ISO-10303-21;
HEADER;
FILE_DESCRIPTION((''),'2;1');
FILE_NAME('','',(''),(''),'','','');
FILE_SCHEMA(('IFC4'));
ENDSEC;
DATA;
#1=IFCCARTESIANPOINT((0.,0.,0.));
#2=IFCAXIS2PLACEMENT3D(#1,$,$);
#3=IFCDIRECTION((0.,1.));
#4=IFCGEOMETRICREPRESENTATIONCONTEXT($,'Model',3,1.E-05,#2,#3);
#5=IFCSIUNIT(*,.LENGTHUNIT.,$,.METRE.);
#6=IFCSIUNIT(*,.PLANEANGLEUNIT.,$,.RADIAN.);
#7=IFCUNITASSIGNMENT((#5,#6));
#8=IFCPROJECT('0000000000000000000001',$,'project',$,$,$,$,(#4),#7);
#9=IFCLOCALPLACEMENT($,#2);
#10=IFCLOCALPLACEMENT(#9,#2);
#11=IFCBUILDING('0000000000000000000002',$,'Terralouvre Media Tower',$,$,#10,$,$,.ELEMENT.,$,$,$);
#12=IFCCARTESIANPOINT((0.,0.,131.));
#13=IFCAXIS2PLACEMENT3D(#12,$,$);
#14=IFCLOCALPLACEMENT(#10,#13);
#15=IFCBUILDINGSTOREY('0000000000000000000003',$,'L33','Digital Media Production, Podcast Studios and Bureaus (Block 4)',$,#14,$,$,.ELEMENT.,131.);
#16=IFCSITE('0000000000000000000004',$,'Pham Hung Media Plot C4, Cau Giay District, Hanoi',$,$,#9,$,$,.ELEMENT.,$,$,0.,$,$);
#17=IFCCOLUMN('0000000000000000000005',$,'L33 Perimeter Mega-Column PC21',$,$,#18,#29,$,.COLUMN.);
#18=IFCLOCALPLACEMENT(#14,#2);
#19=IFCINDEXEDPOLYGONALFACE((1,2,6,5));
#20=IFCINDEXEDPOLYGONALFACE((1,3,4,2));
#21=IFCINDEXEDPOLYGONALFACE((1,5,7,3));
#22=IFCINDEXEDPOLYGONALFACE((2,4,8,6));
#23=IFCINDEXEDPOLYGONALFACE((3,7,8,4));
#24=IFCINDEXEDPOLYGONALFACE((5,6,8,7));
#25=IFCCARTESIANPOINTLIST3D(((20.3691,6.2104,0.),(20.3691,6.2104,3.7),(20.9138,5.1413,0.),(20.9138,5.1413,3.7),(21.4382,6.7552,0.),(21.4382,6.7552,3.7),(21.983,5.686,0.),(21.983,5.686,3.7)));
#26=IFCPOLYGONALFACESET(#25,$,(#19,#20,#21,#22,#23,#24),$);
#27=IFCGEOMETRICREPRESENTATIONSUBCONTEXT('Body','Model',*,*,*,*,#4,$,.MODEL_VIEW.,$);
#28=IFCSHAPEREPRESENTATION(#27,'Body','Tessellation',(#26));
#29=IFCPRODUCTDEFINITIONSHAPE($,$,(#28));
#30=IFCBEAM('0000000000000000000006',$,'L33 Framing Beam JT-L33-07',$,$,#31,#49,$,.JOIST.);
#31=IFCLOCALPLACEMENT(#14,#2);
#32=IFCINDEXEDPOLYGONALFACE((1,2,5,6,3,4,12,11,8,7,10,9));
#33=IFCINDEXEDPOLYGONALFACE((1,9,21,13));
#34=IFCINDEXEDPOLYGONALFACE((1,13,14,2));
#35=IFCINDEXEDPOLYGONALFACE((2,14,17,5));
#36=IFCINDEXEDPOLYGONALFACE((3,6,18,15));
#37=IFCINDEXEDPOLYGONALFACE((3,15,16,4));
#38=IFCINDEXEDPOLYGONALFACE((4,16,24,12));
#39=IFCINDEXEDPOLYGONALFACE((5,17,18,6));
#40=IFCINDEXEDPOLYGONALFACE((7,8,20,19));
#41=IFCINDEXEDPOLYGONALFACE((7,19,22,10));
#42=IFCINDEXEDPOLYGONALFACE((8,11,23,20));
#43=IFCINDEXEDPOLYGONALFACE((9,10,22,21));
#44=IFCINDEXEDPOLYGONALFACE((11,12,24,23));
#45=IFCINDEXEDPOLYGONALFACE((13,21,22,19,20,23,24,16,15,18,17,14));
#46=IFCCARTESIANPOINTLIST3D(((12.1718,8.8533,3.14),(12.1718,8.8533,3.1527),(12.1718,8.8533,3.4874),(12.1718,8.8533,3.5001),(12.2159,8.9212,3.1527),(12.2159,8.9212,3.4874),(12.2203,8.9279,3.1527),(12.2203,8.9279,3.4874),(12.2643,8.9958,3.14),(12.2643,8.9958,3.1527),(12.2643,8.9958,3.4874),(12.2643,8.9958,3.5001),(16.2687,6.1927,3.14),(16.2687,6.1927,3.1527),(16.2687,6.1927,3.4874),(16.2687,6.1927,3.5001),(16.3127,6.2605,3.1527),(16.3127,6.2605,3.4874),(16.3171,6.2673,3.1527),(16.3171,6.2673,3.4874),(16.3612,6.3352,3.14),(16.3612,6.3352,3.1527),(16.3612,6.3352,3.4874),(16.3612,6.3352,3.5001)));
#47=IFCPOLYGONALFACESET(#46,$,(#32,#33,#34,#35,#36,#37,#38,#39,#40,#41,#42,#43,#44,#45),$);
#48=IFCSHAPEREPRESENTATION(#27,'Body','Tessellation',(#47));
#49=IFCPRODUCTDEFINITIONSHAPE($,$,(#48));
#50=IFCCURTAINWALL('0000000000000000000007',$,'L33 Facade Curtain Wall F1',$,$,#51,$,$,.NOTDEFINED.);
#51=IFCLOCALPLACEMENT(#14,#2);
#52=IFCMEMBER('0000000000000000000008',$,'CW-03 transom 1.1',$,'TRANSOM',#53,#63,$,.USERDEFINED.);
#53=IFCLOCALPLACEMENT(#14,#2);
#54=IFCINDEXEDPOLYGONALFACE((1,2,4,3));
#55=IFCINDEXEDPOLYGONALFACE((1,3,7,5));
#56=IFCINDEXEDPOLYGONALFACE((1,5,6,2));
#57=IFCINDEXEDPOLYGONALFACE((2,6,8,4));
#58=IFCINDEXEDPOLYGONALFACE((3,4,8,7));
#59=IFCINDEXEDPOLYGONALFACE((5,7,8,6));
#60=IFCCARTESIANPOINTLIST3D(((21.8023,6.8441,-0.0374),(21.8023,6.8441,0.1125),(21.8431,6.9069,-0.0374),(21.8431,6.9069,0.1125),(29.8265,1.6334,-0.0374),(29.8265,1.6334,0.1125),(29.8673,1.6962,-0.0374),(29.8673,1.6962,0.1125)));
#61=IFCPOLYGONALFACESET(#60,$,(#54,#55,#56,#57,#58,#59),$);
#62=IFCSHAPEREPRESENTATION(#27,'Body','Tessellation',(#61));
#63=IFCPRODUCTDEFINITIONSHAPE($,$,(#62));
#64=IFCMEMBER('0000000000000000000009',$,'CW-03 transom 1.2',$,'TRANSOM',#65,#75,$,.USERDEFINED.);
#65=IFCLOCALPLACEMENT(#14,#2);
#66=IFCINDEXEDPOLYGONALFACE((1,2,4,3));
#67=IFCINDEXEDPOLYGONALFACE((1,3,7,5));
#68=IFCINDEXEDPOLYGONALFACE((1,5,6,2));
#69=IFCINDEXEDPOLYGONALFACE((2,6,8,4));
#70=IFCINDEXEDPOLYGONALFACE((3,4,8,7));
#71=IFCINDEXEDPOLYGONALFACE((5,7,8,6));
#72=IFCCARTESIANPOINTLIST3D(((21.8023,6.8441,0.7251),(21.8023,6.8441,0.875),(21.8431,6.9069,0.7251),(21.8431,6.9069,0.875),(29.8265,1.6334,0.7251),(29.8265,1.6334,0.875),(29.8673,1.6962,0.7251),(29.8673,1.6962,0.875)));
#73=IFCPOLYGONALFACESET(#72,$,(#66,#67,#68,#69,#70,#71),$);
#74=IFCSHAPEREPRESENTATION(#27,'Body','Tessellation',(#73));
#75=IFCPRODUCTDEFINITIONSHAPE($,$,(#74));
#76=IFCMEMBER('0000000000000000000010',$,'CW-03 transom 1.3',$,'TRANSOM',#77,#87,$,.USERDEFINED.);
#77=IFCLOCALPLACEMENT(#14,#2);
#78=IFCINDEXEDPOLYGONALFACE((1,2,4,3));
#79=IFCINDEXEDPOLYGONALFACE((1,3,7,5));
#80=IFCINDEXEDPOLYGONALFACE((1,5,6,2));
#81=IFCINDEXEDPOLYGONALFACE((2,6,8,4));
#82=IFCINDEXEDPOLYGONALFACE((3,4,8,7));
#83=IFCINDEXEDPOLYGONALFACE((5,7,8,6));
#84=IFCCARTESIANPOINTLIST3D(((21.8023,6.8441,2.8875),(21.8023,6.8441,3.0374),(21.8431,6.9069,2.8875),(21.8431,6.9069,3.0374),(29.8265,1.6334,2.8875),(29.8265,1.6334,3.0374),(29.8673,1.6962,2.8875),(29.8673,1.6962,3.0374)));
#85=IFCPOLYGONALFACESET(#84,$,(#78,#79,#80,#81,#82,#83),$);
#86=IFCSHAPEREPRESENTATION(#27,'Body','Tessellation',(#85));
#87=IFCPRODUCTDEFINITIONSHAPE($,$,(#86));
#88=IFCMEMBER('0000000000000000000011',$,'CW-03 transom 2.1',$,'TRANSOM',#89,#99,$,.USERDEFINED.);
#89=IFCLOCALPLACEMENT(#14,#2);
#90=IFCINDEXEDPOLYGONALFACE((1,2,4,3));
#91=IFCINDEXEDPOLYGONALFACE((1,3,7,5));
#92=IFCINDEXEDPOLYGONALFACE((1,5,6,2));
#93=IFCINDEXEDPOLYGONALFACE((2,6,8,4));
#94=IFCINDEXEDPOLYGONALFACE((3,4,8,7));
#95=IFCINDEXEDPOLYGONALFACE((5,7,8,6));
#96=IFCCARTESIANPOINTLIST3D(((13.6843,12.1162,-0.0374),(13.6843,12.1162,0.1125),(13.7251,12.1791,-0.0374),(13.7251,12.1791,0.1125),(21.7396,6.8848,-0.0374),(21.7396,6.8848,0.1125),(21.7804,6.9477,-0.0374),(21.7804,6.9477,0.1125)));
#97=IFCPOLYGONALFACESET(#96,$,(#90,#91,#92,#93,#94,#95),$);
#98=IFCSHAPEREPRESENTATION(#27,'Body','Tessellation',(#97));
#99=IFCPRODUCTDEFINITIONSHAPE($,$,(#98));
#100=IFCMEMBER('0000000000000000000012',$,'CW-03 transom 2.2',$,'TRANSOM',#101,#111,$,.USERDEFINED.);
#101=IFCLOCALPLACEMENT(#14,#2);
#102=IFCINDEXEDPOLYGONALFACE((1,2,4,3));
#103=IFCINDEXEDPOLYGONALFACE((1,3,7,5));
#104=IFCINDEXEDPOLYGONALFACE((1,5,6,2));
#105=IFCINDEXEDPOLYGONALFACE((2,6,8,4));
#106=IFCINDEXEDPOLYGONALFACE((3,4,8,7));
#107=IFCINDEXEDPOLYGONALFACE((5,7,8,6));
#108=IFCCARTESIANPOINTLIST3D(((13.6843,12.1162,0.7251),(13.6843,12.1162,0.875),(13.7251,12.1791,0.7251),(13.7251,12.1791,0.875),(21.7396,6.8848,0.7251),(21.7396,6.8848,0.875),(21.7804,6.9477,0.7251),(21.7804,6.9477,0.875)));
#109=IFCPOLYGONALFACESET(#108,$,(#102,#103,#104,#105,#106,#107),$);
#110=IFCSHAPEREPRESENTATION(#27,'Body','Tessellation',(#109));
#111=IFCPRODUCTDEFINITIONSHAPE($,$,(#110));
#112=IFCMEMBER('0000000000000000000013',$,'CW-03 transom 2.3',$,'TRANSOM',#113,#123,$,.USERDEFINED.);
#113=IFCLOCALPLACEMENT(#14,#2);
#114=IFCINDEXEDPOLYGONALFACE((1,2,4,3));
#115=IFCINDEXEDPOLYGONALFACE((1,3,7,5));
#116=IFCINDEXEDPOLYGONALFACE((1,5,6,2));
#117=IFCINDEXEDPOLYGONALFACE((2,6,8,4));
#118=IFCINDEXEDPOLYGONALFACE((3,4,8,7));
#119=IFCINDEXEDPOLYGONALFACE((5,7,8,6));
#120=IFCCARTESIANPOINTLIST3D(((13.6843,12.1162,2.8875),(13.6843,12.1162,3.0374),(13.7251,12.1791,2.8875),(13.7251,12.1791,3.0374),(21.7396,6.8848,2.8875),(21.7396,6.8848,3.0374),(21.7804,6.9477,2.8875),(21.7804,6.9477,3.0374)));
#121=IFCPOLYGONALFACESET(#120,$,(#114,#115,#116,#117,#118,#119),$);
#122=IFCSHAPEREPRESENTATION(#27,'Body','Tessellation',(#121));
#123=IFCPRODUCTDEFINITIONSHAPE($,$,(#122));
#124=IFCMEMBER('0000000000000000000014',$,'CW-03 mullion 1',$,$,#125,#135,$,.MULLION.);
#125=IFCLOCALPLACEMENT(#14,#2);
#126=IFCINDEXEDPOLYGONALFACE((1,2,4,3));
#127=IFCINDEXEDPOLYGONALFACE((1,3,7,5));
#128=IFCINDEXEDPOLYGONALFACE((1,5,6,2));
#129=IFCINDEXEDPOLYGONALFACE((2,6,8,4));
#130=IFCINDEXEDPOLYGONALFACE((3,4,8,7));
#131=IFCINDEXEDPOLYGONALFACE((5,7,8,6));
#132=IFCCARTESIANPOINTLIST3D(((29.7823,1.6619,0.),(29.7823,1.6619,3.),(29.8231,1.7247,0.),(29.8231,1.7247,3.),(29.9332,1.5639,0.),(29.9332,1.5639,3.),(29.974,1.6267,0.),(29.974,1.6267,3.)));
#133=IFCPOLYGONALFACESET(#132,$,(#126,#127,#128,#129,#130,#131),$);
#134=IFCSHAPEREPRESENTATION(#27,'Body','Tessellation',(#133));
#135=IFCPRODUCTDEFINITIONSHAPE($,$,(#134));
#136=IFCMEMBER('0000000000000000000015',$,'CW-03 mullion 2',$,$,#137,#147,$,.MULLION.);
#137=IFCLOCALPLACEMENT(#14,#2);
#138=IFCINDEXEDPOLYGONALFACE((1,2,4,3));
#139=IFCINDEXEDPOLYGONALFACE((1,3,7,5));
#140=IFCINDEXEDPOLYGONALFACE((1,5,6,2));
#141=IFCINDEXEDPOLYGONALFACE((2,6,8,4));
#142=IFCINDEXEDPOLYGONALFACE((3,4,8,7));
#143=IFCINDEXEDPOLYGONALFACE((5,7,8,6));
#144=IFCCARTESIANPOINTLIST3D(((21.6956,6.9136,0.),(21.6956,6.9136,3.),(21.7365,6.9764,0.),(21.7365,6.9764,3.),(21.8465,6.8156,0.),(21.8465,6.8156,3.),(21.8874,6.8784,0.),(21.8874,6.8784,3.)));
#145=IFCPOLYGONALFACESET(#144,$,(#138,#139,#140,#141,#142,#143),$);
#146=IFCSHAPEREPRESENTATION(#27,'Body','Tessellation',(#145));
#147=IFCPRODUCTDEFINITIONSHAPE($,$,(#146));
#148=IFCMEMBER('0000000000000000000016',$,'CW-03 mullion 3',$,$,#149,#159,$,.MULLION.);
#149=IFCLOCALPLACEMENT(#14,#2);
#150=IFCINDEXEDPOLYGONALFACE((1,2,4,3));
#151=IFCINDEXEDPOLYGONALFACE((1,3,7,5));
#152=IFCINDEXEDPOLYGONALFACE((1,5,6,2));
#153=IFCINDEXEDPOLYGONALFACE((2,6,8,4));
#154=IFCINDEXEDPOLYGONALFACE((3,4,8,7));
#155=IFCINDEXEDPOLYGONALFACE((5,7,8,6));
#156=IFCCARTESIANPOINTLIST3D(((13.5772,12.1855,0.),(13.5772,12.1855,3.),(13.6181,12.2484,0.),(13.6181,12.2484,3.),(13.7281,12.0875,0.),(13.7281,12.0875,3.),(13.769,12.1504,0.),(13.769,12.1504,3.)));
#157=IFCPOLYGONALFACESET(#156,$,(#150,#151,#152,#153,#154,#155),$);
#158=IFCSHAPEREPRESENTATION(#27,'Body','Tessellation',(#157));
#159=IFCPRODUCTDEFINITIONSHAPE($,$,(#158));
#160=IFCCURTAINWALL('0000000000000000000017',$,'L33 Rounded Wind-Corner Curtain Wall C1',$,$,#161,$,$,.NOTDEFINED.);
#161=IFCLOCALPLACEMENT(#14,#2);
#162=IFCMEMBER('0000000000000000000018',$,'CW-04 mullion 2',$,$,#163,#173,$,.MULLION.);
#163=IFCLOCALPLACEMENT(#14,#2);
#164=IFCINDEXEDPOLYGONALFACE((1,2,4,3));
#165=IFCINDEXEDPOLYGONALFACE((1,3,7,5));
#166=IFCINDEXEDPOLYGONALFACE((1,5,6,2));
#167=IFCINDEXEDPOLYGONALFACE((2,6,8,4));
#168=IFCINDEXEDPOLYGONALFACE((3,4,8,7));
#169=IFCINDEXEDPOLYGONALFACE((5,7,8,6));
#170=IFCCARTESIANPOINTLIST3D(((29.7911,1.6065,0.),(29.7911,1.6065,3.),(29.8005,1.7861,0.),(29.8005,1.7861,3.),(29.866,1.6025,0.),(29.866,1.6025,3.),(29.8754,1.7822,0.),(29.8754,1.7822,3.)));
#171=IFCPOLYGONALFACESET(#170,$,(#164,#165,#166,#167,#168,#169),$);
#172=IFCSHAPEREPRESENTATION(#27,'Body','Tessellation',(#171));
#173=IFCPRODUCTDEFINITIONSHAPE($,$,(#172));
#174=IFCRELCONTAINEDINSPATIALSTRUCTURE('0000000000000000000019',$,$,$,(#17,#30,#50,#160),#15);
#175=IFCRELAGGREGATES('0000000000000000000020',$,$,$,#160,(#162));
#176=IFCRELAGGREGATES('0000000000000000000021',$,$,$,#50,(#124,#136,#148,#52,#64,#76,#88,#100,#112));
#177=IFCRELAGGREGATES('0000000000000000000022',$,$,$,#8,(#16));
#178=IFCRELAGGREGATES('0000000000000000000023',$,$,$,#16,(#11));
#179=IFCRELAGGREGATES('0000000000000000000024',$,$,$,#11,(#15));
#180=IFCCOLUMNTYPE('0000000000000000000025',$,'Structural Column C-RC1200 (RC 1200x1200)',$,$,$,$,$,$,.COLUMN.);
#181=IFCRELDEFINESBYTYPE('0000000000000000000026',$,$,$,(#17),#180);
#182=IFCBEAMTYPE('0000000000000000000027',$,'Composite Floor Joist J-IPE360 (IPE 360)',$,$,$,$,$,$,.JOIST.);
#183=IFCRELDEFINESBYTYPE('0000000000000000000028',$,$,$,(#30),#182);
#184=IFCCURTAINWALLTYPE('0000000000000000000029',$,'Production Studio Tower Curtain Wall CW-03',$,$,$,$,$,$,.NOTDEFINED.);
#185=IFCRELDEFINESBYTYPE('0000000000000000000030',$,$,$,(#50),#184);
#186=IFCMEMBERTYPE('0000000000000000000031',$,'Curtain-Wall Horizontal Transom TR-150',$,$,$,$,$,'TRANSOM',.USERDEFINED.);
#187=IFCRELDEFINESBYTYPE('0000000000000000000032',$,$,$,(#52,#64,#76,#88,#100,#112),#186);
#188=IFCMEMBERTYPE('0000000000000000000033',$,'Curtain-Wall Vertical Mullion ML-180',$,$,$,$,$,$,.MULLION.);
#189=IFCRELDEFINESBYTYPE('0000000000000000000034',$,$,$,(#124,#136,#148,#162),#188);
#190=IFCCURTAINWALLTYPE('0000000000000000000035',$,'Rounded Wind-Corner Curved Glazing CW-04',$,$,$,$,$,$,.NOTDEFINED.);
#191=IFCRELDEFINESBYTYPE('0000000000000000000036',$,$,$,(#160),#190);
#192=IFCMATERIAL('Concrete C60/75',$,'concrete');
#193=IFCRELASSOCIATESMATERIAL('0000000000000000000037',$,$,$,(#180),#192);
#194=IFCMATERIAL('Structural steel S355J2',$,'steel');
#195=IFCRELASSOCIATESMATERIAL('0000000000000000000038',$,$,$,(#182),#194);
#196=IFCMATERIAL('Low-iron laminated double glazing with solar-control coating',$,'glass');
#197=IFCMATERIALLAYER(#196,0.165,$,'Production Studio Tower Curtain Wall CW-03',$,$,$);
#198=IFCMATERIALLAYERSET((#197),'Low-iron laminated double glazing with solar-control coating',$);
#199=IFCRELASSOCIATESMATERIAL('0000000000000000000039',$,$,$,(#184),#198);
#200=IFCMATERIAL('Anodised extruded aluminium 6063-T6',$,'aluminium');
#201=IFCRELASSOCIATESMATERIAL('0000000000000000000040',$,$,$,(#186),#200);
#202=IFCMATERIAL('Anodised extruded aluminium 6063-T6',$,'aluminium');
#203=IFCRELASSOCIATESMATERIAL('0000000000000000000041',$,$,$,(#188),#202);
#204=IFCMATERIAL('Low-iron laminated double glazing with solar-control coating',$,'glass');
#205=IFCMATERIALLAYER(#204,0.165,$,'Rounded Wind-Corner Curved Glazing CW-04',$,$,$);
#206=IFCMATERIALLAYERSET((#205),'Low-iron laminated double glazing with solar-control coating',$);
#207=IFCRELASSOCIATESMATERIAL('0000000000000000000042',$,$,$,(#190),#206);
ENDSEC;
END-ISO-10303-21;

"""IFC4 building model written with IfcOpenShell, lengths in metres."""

from ifc_helpers import new_model, si_unit, direction, frame, origin, origin_2d, place, context, subcontext, project, spatial, rectangle, i_section, extrude, material, layer, layer_set, material_profile, profile_set, type_object, element, aggregate, save


model = new_model("IFC4")

# Units and contexts
model_context = context("Model", 3, precision=1e-05, world=origin(), true_north=direction((0.0, 1.0)))
body_context = subcontext(model_context, "Body", "Model", "MODEL_VIEW")
ifc_project = project(units=[si_unit("LENGTHUNIT", "METRE"), si_unit("PLANEANGLEUNIT", "RADIAN")], contexts=[model_context])

# Site, building, storey
site_placement = place(None, origin())
site = spatial("IfcSite", under=ifc_project, at=site_placement, Name="Pham Hung Media Plot C4, Cau Giay District, Hanoi", CompositionType="ELEMENT", RefElevation=0.0)
building_placement = place(site_placement, origin())
building = spatial("IfcBuilding", under=site, at=building_placement, Name="Terralouvre Media Tower", CompositionType="ELEMENT")
storey_placement = place(building_placement, frame((0.0, 0.0, 131.0)))
storey = spatial("IfcBuildingStorey", under=building, at=storey_placement, Name="L33", Description="Digital Media Production, Podcast Studios and Bureaus (Block 4)", CompositionType="ELEMENT", Elevation=131.0)

# Column
ifc_material_1 = material(Name="Concrete C60/75", Category="concrete")
ifc_material_profile_1 = material_profile(ifc_material_1, rectangle(XDim=1.2, YDim=1.2, at=origin_2d()), Name="RC 1200x1200")
ifc_profile_set_1 = profile_set([ifc_material_profile_1], Name="Concrete C60/75")
column_type = type_object("IfcColumnType", Name="Structural Column C-RC1200 (RC 1200x1200)", PredefinedType="COLUMN", material=ifc_profile_set_1)
column_placement = place(storey_placement, frame((21.176, 5.9482, 0.0), z_axis=(0.0, 0.0, 1.0), x_axis=(0.891007, 0.45399, 0.0)))
element("IfcColumn", 1, at=column_placement, inside=storey, type_object=column_type, Name="L33 Perimeter Mega-Column PC21", PredefinedType="COLUMN", context=body_context, shape_type="SweptSolid", body=[
    extrude(rectangle(XDim=1.2, YDim=1.2, at=origin_2d()), origin(), (0.0, 0.0, 1.0), 3.7),
])

# Beam
ifc_material_2 = material(Name="Structural steel S355J2", Category="steel")
ifc_material_profile_2 = material_profile(ifc_material_2, i_section(OverallWidth=0.1699, OverallDepth=0.3601, WebThickness=0.0081, FlangeThickness=0.0127, at=origin_2d()), Name="IPE 360")
ifc_profile_set_2 = profile_set([ifc_material_profile_2], Name="Structural steel S355J2")
beam_type_1 = type_object("IfcBeamType", Name="Composite Floor Joist J-IPE360 (IPE 360)", PredefinedType="JOIST", material=ifc_profile_set_2)
beam_1_placement = place(storey_placement, frame((16.3149, 6.2639, 3.3201), z_axis=(-0.838664, 0.544649, 0.0), x_axis=(-0.544649, -0.838664, 0.0)))
element("IfcBeam", 2, at=beam_1_placement, inside=storey, type_object=beam_type_1, Name="L33 Framing Beam JT-L33-07", PredefinedType="JOIST", context=body_context, shape_type="SweptSolid", body=[
    extrude(i_section(OverallWidth=0.1699, OverallDepth=0.3601, WebThickness=0.0081, FlangeThickness=0.0127, at=origin_2d()), origin(), (0.0, 0.0, 1.0), 4.885),
])

# Curtain wall, members
ifc_material_3 = material(Name="Low-iron laminated double glazing with solar-control coating", Category="glass")
ifc_layer_1 = layer(ifc_material_3, 0.165, Name="Production Studio Tower Curtain Wall CW-03")
ifc_layer_set_1 = layer_set([ifc_layer_1], Name="Low-iron laminated double glazing with solar-control coating")
curtain_wall_type_1 = type_object("IfcCurtainWallType", Name="Production Studio Tower Curtain Wall CW-03", PredefinedType="NOTDEFINED", material=ifc_layer_set_1)
curtain_wall_1_placement = place(storey_placement, origin())
curtain_wall_1 = element("IfcCurtainWall", 3, at=curtain_wall_1_placement, inside=storey, type_object=curtain_wall_type_1, Name="L33 Facade Curtain Wall F1", PredefinedType="NOTDEFINED")
ifc_material_4 = material(Name="Anodised extruded aluminium 6063-T6", Category="aluminium")
ifc_material_profile_3 = material_profile(ifc_material_4, rectangle(XDim=0.075, YDim=0.1499, at=origin_2d()), Name="ALU 75x150")
ifc_profile_set_3 = profile_set([ifc_material_profile_3], Name="Anodised extruded aluminium 6063-T6")
member_type_1 = type_object("IfcMemberType", Name="Curtain-Wall Horizontal Transom TR-150", ElementType="TRANSOM", PredefinedType="USERDEFINED", material=ifc_profile_set_3)
member_1_placement = place(storey_placement, frame((29.8469, 1.6648, 0.0376), z_axis=(-0.838683, 0.54462, 0.0), x_axis=(-0.54462, -0.838683, 0.0)))
member_1 = element("IfcMember", 4, at=member_1_placement, type_object=member_type_1, Name="CW-03 transom 1.1", ObjectType="TRANSOM", PredefinedType="USERDEFINED", context=body_context, shape_type="SweptSolid", body=[
    extrude(rectangle(XDim=0.075, YDim=0.1499, at=origin_2d()), origin(), (0.0, 0.0, 1.0), 9.5676),
])
member_2_placement = place(storey_placement, frame((29.8469, 1.6648, 0.8), z_axis=(-0.838683, 0.54462, 0.0), x_axis=(-0.54462, -0.838683, 0.0)))
member_2 = element("IfcMember", 5, at=member_2_placement, type_object=member_type_1, Name="CW-03 transom 1.2", ObjectType="TRANSOM", PredefinedType="USERDEFINED", context=body_context, shape_type="SweptSolid", body=[
    extrude(rectangle(XDim=0.075, YDim=0.1499, at=origin_2d()), origin(), (0.0, 0.0, 1.0), 9.5676),
])
member_3_placement = place(storey_placement, frame((29.8469, 1.6648, 2.9624), z_axis=(-0.838683, 0.54462, 0.0), x_axis=(-0.54462, -0.838683, 0.0)))
member_3 = element("IfcMember", 6, at=member_3_placement, type_object=member_type_1, Name="CW-03 transom 1.3", ObjectType="TRANSOM", PredefinedType="USERDEFINED", context=body_context, shape_type="SweptSolid", body=[
    extrude(rectangle(XDim=0.075, YDim=0.1499, at=origin_2d()), origin(), (0.0, 0.0, 1.0), 9.5676),
])
member_4_placement = place(storey_placement, frame((21.76, 6.9163, 0.0376), z_axis=(-0.838661, 0.544653, 0.0), x_axis=(-0.544653, -0.838661, 0.0)))
member_4 = element("IfcMember", 7, at=member_4_placement, type_object=member_type_1, Name="CW-03 transom 2.1", ObjectType="TRANSOM", PredefinedType="USERDEFINED", context=body_context, shape_type="SweptSolid", body=[
    extrude(rectangle(XDim=0.075, YDim=0.1499, at=origin_2d()), origin(), (0.0, 0.0, 1.0), 9.605),
])
member_5_placement = place(storey_placement, frame((21.76, 6.9163, 0.8), z_axis=(-0.838661, 0.544653, 0.0), x_axis=(-0.544653, -0.838661, 0.0)))
member_5 = element("IfcMember", 8, at=member_5_placement, type_object=member_type_1, Name="CW-03 transom 2.2", ObjectType="TRANSOM", PredefinedType="USERDEFINED", context=body_context, shape_type="SweptSolid", body=[
    extrude(rectangle(XDim=0.075, YDim=0.1499, at=origin_2d()), origin(), (0.0, 0.0, 1.0), 9.605),
])
member_6_placement = place(storey_placement, frame((21.76, 6.9163, 2.9624), z_axis=(-0.838661, 0.544653, 0.0), x_axis=(-0.544653, -0.838661, 0.0)))
member_6 = element("IfcMember", 9, at=member_6_placement, type_object=member_type_1, Name="CW-03 transom 2.3", ObjectType="TRANSOM", PredefinedType="USERDEFINED", context=body_context, shape_type="SweptSolid", body=[
    extrude(rectangle(XDim=0.075, YDim=0.1499, at=origin_2d()), origin(), (0.0, 0.0, 1.0), 9.605),
])
ifc_material_5 = material(Name="Anodised extruded aluminium 6063-T6", Category="aluminium")
ifc_material_profile_4 = material_profile(ifc_material_5, rectangle(XDim=0.075, YDim=0.1799, at=origin_2d()), Name="ALU 75x180")
ifc_profile_set_4 = profile_set([ifc_material_profile_4], Name="Anodised extruded aluminium 6063-T6")
member_type_2 = type_object("IfcMemberType", Name="Curtain-Wall Vertical Mullion ML-180", PredefinedType="MULLION", material=ifc_profile_set_4)
member_7_placement = place(storey_placement, frame((29.8782, 1.6443, 0.0), z_axis=(0.0, 0.0, 1.0), x_axis=(-0.544639, -0.838671, 0.0)))
member_7 = element("IfcMember", 10, at=member_7_placement, type_object=member_type_2, Name="CW-03 mullion 1", PredefinedType="MULLION", context=body_context, shape_type="SweptSolid", body=[
    extrude(rectangle(XDim=0.075, YDim=0.1799, at=origin_2d()), origin(), (0.0, 0.0, 1.0), 3.0),
])
member_8_placement = place(storey_placement, frame((21.7915, 6.896, 0.0), z_axis=(0.0, 0.0, 1.0), x_axis=(-0.544639, -0.838671, 0.0)))
member_8 = element("IfcMember", 11, at=member_8_placement, type_object=member_type_2, Name="CW-03 mullion 2", PredefinedType="MULLION", context=body_context, shape_type="SweptSolid", body=[
    extrude(rectangle(XDim=0.075, YDim=0.1799, at=origin_2d()), origin(), (0.0, 0.0, 1.0), 3.0),
])
member_9_placement = place(storey_placement, frame((13.6731, 12.168, 0.0), z_axis=(0.0, 0.0, 1.0), x_axis=(-0.544639, -0.838671, 0.0)))
member_9 = element("IfcMember", 12, at=member_9_placement, type_object=member_type_2, Name="CW-03 mullion 3", PredefinedType="MULLION", context=body_context, shape_type="SweptSolid", body=[
    extrude(rectangle(XDim=0.075, YDim=0.1799, at=origin_2d()), origin(), (0.0, 0.0, 1.0), 3.0),
])

# Curtain wall, member
ifc_material_6 = material(Name="Low-iron laminated double glazing with solar-control coating", Category="glass")
ifc_layer_2 = layer(ifc_material_6, 0.165, Name="Rounded Wind-Corner Curved Glazing CW-04")
ifc_layer_set_2 = layer_set([ifc_layer_2], Name="Low-iron laminated double glazing with solar-control coating")
curtain_wall_type_2 = type_object("IfcCurtainWallType", Name="Rounded Wind-Corner Curved Glazing CW-04", PredefinedType="NOTDEFINED", material=ifc_layer_set_2)
curtain_wall_2_placement = place(storey_placement, origin())
curtain_wall_2 = element("IfcCurtainWall", 13, at=curtain_wall_2_placement, inside=storey, type_object=curtain_wall_type_2, Name="L33 Rounded Wind-Corner Curtain Wall C1", PredefinedType="NOTDEFINED")
member_10_placement = place(storey_placement, frame((29.8333, 1.6943, 0.0), z_axis=(0.0, 0.0, 1.0), x_axis=(-0.998629, 0.052337, 0.0)))
member_10 = element("IfcMember", 14, at=member_10_placement, type_object=member_type_2, Name="CW-04 mullion 2", PredefinedType="MULLION", context=body_context, shape_type="SweptSolid", body=[
    extrude(rectangle(XDim=0.075, YDim=0.1799, at=origin_2d()), origin(), (0.0, 0.0, 1.0), 3.0),
])
aggregate(curtain_wall_2, [member_10])

aggregate(curtain_wall_1, [member_7, member_8, member_9, member_1, member_2, member_3, member_4, member_5, member_6])

save(model, "model.ifc")
